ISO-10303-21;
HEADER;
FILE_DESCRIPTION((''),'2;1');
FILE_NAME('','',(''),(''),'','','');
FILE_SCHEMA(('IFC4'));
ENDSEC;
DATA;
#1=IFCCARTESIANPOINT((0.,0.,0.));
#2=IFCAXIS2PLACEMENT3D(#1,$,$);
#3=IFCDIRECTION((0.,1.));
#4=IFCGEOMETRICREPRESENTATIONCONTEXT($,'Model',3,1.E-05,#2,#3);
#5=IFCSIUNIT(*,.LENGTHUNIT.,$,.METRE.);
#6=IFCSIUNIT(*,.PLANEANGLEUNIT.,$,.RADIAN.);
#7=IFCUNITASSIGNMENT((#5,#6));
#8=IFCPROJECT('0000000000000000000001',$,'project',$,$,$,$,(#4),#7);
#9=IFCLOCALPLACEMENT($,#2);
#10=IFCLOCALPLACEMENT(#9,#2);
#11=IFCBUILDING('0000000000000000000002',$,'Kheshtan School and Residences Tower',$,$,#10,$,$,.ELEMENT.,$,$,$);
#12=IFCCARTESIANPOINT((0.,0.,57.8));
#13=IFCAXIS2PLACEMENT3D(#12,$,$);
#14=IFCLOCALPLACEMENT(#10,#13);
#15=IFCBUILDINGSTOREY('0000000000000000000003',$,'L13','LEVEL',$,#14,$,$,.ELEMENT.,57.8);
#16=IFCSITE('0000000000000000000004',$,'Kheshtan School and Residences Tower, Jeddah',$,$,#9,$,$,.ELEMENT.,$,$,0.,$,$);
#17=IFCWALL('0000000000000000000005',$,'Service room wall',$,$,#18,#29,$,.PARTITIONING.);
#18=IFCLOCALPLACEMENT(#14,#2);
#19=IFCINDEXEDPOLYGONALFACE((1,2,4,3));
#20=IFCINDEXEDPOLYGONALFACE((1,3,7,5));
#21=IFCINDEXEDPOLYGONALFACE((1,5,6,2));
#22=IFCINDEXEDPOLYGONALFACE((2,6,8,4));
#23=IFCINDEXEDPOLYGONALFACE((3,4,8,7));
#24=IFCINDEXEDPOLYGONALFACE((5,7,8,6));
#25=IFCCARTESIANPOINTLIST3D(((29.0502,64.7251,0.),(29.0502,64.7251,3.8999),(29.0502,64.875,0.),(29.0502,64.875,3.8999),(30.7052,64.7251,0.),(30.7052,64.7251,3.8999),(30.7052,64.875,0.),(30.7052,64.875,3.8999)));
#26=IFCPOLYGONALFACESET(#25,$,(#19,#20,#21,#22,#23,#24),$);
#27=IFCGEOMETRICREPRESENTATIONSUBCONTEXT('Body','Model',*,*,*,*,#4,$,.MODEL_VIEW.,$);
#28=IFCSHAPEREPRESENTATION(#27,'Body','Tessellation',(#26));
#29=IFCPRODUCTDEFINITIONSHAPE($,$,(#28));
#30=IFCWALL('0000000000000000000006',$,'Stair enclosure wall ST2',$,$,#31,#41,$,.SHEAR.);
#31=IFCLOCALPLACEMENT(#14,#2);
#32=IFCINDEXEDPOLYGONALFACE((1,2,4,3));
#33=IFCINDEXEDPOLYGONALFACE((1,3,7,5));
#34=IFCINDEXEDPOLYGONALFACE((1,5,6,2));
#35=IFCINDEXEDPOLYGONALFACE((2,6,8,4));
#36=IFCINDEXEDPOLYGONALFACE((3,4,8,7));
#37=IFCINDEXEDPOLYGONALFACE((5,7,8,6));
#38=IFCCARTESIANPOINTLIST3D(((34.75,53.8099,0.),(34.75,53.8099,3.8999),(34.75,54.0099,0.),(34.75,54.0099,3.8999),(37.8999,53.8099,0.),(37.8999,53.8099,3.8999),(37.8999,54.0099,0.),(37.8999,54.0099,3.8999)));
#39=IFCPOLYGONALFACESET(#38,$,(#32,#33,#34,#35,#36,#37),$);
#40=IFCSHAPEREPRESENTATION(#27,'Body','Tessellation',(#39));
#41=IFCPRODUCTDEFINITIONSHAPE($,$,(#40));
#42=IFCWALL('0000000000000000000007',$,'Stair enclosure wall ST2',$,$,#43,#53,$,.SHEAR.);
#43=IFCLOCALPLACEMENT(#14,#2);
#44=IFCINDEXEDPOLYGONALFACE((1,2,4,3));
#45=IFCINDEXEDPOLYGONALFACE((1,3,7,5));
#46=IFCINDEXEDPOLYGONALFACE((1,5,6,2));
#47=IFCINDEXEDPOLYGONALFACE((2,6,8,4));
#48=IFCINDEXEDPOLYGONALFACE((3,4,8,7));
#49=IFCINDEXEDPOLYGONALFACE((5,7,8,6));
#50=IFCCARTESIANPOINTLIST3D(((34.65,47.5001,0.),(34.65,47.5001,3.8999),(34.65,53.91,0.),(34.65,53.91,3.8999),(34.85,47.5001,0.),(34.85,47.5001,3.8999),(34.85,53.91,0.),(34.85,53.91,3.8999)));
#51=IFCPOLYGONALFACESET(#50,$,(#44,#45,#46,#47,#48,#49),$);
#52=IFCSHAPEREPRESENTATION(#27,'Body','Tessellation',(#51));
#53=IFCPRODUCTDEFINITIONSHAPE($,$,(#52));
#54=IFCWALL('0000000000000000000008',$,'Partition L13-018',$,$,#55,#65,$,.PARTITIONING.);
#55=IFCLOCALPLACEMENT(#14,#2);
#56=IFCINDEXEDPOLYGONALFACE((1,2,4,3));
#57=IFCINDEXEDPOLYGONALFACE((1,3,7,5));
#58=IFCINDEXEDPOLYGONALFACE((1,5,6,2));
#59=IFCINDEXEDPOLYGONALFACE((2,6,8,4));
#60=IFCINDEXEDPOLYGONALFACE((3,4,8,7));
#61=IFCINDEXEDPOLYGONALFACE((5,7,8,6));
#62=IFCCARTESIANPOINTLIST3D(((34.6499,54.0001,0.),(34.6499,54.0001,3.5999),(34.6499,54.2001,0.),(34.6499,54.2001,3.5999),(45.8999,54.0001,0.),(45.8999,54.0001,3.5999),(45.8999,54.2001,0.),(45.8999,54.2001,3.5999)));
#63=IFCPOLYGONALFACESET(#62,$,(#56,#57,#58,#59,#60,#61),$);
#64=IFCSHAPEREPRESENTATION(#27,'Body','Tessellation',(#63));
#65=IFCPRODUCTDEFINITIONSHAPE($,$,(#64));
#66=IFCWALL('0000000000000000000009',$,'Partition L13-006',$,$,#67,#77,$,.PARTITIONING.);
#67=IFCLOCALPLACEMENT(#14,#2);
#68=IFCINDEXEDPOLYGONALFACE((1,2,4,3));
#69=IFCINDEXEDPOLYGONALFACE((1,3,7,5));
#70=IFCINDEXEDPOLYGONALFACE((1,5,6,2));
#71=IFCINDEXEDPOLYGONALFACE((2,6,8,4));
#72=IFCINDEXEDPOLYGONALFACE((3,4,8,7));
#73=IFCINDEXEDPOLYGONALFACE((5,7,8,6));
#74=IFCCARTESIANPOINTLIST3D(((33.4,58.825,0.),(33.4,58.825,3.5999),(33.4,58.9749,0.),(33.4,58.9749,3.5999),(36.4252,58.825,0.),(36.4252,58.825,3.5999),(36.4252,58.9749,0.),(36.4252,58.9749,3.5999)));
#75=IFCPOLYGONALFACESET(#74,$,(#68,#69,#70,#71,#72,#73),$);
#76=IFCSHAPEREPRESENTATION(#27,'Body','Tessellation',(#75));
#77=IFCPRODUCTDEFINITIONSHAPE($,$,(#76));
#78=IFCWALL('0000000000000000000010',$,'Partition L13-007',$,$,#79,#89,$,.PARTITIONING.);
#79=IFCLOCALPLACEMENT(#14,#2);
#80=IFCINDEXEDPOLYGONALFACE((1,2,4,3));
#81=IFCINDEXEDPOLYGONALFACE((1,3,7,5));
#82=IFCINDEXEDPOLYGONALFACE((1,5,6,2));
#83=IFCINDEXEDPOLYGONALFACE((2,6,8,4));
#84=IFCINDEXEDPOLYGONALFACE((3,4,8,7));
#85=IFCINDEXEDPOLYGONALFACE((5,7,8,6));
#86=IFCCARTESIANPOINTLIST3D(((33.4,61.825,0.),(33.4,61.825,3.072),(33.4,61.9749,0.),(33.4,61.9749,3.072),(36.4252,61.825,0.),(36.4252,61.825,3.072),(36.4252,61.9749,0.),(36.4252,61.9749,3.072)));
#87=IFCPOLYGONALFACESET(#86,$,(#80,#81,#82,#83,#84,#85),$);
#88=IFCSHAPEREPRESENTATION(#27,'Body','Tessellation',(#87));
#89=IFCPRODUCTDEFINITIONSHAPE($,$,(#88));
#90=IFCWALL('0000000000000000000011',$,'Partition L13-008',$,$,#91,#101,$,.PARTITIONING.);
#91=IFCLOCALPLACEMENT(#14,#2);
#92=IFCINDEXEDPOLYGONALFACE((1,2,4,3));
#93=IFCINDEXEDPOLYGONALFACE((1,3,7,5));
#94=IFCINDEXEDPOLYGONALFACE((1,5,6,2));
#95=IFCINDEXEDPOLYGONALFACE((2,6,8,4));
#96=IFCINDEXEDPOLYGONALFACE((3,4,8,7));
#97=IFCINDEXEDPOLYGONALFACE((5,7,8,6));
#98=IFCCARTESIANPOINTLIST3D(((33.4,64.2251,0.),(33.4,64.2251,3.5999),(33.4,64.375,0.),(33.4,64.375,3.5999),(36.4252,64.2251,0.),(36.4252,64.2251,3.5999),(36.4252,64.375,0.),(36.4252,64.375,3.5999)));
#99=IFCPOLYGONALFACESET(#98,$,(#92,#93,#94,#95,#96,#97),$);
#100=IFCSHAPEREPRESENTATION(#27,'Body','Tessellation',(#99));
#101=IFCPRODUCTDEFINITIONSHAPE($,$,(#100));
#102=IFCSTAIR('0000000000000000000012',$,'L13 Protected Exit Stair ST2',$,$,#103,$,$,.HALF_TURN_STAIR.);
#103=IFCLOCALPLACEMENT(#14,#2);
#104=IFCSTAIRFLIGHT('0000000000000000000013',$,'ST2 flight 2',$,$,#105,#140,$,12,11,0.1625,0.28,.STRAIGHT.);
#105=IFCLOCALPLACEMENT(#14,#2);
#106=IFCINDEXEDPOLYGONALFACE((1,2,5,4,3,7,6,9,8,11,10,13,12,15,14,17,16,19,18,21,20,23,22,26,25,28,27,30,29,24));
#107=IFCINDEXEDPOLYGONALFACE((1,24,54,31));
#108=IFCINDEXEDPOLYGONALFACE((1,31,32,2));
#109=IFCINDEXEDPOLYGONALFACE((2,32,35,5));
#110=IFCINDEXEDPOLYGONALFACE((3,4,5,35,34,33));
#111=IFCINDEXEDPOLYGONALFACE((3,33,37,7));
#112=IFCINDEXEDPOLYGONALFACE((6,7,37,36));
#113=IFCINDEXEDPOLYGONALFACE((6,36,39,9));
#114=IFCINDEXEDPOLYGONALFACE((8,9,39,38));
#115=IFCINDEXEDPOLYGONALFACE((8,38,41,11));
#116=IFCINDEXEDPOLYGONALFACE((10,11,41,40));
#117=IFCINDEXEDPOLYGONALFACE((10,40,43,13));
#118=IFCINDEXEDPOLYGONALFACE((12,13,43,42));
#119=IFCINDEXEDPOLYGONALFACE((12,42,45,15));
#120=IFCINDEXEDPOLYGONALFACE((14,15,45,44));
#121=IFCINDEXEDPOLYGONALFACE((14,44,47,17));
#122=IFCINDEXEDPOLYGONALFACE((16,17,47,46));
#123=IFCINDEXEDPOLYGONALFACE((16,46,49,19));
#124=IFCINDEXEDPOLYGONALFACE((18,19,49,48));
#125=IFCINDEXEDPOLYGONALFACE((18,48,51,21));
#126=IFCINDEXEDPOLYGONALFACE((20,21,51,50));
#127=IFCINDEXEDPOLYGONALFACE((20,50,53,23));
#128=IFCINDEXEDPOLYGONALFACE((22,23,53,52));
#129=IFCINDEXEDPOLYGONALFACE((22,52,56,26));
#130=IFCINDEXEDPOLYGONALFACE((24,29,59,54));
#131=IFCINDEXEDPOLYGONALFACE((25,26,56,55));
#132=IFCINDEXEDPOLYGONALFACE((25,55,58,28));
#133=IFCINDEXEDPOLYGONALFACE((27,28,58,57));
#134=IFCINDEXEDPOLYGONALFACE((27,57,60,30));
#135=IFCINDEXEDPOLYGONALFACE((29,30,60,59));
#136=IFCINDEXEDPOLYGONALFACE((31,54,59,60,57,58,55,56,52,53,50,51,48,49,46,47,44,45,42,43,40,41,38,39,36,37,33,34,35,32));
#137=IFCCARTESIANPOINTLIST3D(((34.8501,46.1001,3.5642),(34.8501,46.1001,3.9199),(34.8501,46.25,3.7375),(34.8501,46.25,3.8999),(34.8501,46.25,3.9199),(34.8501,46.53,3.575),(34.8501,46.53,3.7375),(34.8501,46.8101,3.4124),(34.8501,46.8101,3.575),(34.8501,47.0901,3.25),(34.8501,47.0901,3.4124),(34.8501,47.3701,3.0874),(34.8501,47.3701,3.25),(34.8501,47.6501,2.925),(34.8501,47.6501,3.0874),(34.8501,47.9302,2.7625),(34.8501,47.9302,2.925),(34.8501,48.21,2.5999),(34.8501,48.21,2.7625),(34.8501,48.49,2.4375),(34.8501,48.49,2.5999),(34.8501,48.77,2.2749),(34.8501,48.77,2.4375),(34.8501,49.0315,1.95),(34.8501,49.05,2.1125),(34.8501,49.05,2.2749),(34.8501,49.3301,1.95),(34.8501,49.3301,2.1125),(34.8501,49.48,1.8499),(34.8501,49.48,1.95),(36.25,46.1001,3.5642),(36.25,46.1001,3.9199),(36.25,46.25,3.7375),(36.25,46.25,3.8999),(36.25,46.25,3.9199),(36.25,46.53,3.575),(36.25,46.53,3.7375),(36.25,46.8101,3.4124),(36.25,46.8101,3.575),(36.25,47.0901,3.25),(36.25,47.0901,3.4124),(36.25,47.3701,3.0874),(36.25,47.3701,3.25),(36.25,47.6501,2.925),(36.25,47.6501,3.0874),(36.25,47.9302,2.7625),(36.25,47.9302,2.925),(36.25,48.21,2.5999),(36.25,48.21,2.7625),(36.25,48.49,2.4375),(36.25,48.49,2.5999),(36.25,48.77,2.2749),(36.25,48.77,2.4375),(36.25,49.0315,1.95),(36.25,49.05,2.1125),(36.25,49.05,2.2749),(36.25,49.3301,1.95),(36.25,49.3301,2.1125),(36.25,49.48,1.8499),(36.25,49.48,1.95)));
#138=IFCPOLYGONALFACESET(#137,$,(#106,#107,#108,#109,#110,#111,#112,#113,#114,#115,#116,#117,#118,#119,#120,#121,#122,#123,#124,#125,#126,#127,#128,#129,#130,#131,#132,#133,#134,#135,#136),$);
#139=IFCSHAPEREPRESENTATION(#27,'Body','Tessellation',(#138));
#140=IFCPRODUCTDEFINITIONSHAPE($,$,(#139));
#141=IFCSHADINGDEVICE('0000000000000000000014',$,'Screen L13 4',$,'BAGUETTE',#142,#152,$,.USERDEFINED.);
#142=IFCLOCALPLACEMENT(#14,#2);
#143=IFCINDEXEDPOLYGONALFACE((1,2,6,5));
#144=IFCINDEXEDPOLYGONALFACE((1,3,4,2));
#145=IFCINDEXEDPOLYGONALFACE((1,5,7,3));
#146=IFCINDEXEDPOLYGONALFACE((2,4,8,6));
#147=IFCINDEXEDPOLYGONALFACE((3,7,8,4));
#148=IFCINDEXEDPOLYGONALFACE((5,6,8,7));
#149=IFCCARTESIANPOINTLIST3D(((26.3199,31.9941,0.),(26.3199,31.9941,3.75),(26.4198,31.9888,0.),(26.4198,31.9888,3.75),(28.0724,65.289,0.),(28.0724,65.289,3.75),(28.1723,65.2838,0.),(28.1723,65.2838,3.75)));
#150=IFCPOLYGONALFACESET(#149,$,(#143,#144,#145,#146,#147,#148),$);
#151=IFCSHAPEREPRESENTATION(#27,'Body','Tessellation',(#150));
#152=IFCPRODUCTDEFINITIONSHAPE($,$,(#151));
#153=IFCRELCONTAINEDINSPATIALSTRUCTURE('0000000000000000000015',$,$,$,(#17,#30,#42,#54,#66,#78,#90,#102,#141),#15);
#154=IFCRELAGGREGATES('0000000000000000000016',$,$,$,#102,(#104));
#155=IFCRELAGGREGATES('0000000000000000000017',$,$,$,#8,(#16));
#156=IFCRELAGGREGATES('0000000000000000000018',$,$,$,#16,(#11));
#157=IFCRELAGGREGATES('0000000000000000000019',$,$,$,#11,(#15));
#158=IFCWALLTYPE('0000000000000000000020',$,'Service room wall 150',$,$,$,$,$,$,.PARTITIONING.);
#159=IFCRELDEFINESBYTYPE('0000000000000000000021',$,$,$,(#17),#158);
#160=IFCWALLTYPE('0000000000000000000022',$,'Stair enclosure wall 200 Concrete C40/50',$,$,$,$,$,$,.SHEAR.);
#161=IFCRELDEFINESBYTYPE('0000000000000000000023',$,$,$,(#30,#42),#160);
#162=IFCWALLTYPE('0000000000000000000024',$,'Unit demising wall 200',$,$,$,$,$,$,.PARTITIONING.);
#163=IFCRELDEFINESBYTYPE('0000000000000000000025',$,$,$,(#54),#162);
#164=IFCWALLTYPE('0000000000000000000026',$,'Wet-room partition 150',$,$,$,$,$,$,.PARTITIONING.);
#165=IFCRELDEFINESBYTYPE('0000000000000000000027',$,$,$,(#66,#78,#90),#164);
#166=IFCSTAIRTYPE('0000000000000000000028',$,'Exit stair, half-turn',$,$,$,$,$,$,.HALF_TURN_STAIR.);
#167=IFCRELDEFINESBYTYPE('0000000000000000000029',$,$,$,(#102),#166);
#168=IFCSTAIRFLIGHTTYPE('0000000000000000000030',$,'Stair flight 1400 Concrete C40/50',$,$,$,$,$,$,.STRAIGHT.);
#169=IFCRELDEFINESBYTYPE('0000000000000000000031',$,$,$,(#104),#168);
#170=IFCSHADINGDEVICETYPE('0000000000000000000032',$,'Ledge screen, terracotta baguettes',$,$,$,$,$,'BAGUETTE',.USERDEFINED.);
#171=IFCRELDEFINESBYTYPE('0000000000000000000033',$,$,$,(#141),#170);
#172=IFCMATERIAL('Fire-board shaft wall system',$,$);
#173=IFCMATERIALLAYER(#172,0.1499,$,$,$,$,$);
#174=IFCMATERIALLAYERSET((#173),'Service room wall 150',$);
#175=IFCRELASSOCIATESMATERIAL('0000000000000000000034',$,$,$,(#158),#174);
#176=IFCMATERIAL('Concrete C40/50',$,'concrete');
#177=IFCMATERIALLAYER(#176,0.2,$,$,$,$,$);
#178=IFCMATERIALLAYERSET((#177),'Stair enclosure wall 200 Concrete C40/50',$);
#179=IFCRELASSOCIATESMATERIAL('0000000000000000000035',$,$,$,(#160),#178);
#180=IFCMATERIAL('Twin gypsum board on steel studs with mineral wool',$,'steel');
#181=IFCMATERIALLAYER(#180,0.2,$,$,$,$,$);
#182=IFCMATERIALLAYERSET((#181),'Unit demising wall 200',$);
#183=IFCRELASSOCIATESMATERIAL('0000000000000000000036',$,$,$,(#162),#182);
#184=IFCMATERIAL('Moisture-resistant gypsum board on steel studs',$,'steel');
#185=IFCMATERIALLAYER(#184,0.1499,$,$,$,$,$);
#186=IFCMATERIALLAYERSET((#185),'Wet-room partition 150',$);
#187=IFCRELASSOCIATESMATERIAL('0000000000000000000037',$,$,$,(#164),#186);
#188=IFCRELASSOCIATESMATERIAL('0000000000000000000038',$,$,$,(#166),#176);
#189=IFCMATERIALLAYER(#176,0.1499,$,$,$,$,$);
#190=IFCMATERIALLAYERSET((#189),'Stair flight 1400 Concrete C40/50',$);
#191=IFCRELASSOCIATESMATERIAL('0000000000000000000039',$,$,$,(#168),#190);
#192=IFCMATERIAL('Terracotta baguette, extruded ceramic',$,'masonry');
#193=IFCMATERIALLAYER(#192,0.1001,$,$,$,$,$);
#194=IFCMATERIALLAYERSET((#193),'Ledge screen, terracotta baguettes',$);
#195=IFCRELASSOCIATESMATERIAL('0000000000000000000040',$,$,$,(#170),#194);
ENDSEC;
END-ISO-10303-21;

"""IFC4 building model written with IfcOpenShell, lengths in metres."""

from ifc_helpers import new_model, si_unit, direction, frame, frame_2d, origin, origin_2d, place, context, subcontext, project, spatial, polyline, rectangle, outline, extrude, material, layer, layer_set, type_object, element, aggregate, save


model = new_model("IFC4")

# Units and contexts
model_context = context("Model", 3, precision=1e-05, world=origin(), true_north=direction((0.0, 1.0)))
body_context = subcontext(model_context, "Body", "Model", "MODEL_VIEW")
ifc_project = project(units=[si_unit("LENGTHUNIT", "METRE"), si_unit("PLANEANGLEUNIT", "RADIAN")], contexts=[model_context])

# Site, building, storey
site_placement = place(None, origin())
site = spatial("IfcSite", under=ifc_project, at=site_placement, Name="Kheshtan School and Residences Tower, Jeddah", CompositionType="ELEMENT", RefElevation=0.0)
building_placement = place(site_placement, origin())
building = spatial("IfcBuilding", under=site, at=building_placement, Name="Kheshtan School and Residences Tower", CompositionType="ELEMENT")
storey_placement = place(building_placement, frame((0.0, 0.0, 57.8)))
storey = spatial("IfcBuildingStorey", under=building, at=storey_placement, Name="L13", Description="LEVEL", CompositionType="ELEMENT", Elevation=57.8)

# Shared definitions
ifc_material_1 = material(Name="Fire-board shaft wall system")
ifc_layer_1 = layer(ifc_material_1, 0.1499)
ifc_layer_set_1 = layer_set([ifc_layer_1], Name="Service room wall 150")
wall_type_1 = type_object("IfcWallType", Name="Service room wall 150", PredefinedType="PARTITIONING", material=ifc_layer_set_1)

# Walls
wall_1_placement = place(storey_placement, frame((29.05, 64.8, 0.0), z_axis=(0.0, 0.0, 1.0), x_axis=(1.0, 0.0, 0.0)))
element("IfcWall", 1, at=wall_1_placement, inside=storey, type_object=wall_type_1, Name="Service room wall", PredefinedType="PARTITIONING", context=body_context, shape_type="SweptSolid", body=[
    extrude(rectangle(XDim=1.655, YDim=0.1499, at=frame_2d((0.8276, 0.0))), origin(), (0.0, 0.0, 1.0), 3.8999),
])
ifc_material_2 = material(Name="Concrete C40/50", Category="concrete")
ifc_layer_2 = layer(ifc_material_2, 0.2)
ifc_layer_set_2 = layer_set([ifc_layer_2], Name="Stair enclosure wall 200 Concrete C40/50")
wall_type_2 = type_object("IfcWallType", Name="Stair enclosure wall 200 Concrete C40/50", PredefinedType="SHEAR", material=ifc_layer_set_2)
wall_2_placement = place(storey_placement, frame((34.75, 53.9099, 0.0), z_axis=(0.0, 0.0, 1.0), x_axis=(1.0, 0.0, 0.0)))
element("IfcWall", 2, at=wall_2_placement, inside=storey, type_object=wall_type_2, Name="Stair enclosure wall ST2", PredefinedType="SHEAR", context=body_context, shape_type="SweptSolid", body=[
    extrude(rectangle(XDim=3.1499, YDim=0.2, at=frame_2d((1.575, 0.0))), origin(), (0.0, 0.0, 1.0), 3.8999),
])
wall_3_placement = place(storey_placement, frame((34.75, 47.5, 0.0), z_axis=(0.0, 0.0, 1.0), x_axis=(0.0, 1.0, 0.0)))
element("IfcWall", 3, at=wall_3_placement, inside=storey, type_object=wall_type_2, Name="Stair enclosure wall ST2", PredefinedType="SHEAR", context=body_context, shape_type="SweptSolid", body=[
    extrude(rectangle(XDim=6.4099, YDim=0.2, at=frame_2d((3.2051, 0.0))), origin(), (0.0, 0.0, 1.0), 3.8999),
])
ifc_material_3 = material(Name="Twin gypsum board on steel studs with mineral wool", Category="steel")
ifc_layer_3 = layer(ifc_material_3, 0.2)
ifc_layer_set_3 = layer_set([ifc_layer_3], Name="Unit demising wall 200")
wall_type_3 = type_object("IfcWallType", Name="Unit demising wall 200", PredefinedType="PARTITIONING", material=ifc_layer_set_3)
wall_4_placement = place(storey_placement, frame((34.6499, 54.1001, 0.0), z_axis=(0.0, 0.0, 1.0), x_axis=(1.0, 0.0, 0.0)))
element("IfcWall", 4, at=wall_4_placement, inside=storey, type_object=wall_type_3, Name="Partition L13-018", PredefinedType="PARTITIONING", context=body_context, shape_type="SweptSolid", body=[
    extrude(rectangle(XDim=11.25, YDim=0.2, at=frame_2d((5.625, 0.0))), origin(), (0.0, 0.0, 1.0), 3.5999),
])
ifc_material_4 = material(Name="Moisture-resistant gypsum board on steel studs", Category="steel")
ifc_layer_4 = layer(ifc_material_4, 0.1499)
ifc_layer_set_4 = layer_set([ifc_layer_4], Name="Wet-room partition 150")
wall_type_4 = type_object("IfcWallType", Name="Wet-room partition 150", PredefinedType="PARTITIONING", material=ifc_layer_set_4)
wall_5_placement = place(storey_placement, frame((33.3999, 58.8999, 0.0), z_axis=(0.0, 0.0, 1.0), x_axis=(1.0, 0.0, 0.0)))
element("IfcWall", 5, at=wall_5_placement, inside=storey, type_object=wall_type_4, Name="Partition L13-006", PredefinedType="PARTITIONING", context=body_context, shape_type="SweptSolid", body=[
    extrude(rectangle(XDim=3.0251, YDim=0.1499, at=frame_2d((1.5127, 0.0))), origin(), (0.0, 0.0, 1.0), 3.5999),
])
wall_6_placement = place(storey_placement, frame((33.3999, 61.8999, 0.0), z_axis=(0.0, 0.0, 1.0), x_axis=(1.0, 0.0, 0.0)))
element("IfcWall", 6, at=wall_6_placement, inside=storey, type_object=wall_type_4, Name="Partition L13-007", PredefinedType="PARTITIONING", context=body_context, shape_type="SweptSolid", body=[
    extrude(rectangle(XDim=3.0251, YDim=0.1499, at=frame_2d((1.5127, 0.0))), origin(), (0.0, 0.0, 1.0), 3.072),
])
wall_7_placement = place(storey_placement, frame((33.3999, 64.3, 0.0), z_axis=(0.0, 0.0, 1.0), x_axis=(1.0, 0.0, 0.0)))
element("IfcWall", 7, at=wall_7_placement, inside=storey, type_object=wall_type_4, Name="Partition L13-008", PredefinedType="PARTITIONING", context=body_context, shape_type="SweptSolid", body=[
    extrude(rectangle(XDim=3.0251, YDim=0.1499, at=frame_2d((1.5127, 0.0))), origin(), (0.0, 0.0, 1.0), 3.5999),
])

# Stair, stair flight
stair_type = type_object("IfcStairType", Name="Exit stair, half-turn", PredefinedType="HALF_TURN_STAIR", material=ifc_material_2)
stair_placement = place(storey_placement, origin())
stair = element("IfcStair", 8, at=stair_placement, inside=storey, type_object=stair_type, Name="L13 Protected Exit Stair ST2", PredefinedType="HALF_TURN_STAIR")
ifc_layer_5 = layer(ifc_material_2, 0.1499)
ifc_layer_set_5 = layer_set([ifc_layer_5], Name="Stair flight 1400 Concrete C40/50")
stair_flight_type = type_object("IfcStairFlightType", Name="Stair flight 1400 Concrete C40/50", PredefinedType="STRAIGHT", material=ifc_layer_set_5)
stair_flight_placement = place(storey_placement, frame((35.55, 49.3301, 1.95), z_axis=(0.0, 0.0, 1.0), x_axis=(0.0, -1.0, 0.0)))
stair_flight = element("IfcStairFlight", 9, at=stair_flight_placement, type_object=stair_flight_type, Name="ST2 flight 2", NumberOfRisers=12, NumberOfTreads=11, PredefinedType="STRAIGHT", RiserHeight=0.1625, TreadLength=0.28, context=body_context, shape_type="SweptSolid", body=[
    extrude(outline(polyline([(-0.1499, -0.1001), (-0.1499, 0.0), (0.0, 0.0), (0.0, 0.1626), (0.28, 0.1626), (0.28, 0.325), (0.5601, 0.325), (0.5601, 0.4875), (0.8401, 0.4875), (0.8401, 0.6499), (1.1201, 0.6499), (1.1201, 0.8125), (1.3999, 0.8125), (1.3999, 0.9751), (1.6799, 0.9751), (1.6799, 1.1375), (1.96, 1.1375), (1.96, 1.3), (2.24, 1.3), (2.24, 1.4624), (2.52, 1.4624), (2.52, 1.625), (2.8, 1.625), (2.8, 1.7876), (3.0801, 1.7876), (3.0801, 1.95), (3.0801, 1.97), (3.23, 1.97), (3.23, 1.6143), (0.2986, 0.0), (-0.1499, -0.1001)])), frame((0.0, 0.7, 0.0), z_axis=(0.0, -1.0, 0.0), x_axis=(1.0, 0.0, 0.0)), (0.0, 0.0, 1.0), 1.3999),
])
aggregate(stair, [stair_flight])

# Shading device
ifc_material_5 = material(Name="Terracotta baguette, extruded ceramic", Category="masonry")
ifc_layer_6 = layer(ifc_material_5, 0.1001)
ifc_layer_set_6 = layer_set([ifc_layer_6], Name="Ledge screen, terracotta baguettes")
shading_device_type = type_object("IfcShadingDeviceType", Name="Ledge screen, terracotta baguettes", ElementType="BAGUETTE", PredefinedType="USERDEFINED", material=ifc_layer_set_6)
shading_device_placement = place(storey_placement, frame((27.2461, 48.6389, 0.0), z_axis=(0.0, 0.0, 1.0), x_axis=(0.052563, 0.998618, 0.0)))
element("IfcShadingDevice", 10, at=shading_device_placement, inside=storey, type_object=shading_device_type, Name="Screen L13 4", ObjectType="BAGUETTE", PredefinedType="USERDEFINED", context=body_context, shape_type="SweptSolid", body=[
    extrude(rectangle(XDim=33.3411, YDim=0.1001, at=origin_2d()), origin(), (0.0, 0.0, 1.0), 3.75),
])

save(model, "model.ifc")
